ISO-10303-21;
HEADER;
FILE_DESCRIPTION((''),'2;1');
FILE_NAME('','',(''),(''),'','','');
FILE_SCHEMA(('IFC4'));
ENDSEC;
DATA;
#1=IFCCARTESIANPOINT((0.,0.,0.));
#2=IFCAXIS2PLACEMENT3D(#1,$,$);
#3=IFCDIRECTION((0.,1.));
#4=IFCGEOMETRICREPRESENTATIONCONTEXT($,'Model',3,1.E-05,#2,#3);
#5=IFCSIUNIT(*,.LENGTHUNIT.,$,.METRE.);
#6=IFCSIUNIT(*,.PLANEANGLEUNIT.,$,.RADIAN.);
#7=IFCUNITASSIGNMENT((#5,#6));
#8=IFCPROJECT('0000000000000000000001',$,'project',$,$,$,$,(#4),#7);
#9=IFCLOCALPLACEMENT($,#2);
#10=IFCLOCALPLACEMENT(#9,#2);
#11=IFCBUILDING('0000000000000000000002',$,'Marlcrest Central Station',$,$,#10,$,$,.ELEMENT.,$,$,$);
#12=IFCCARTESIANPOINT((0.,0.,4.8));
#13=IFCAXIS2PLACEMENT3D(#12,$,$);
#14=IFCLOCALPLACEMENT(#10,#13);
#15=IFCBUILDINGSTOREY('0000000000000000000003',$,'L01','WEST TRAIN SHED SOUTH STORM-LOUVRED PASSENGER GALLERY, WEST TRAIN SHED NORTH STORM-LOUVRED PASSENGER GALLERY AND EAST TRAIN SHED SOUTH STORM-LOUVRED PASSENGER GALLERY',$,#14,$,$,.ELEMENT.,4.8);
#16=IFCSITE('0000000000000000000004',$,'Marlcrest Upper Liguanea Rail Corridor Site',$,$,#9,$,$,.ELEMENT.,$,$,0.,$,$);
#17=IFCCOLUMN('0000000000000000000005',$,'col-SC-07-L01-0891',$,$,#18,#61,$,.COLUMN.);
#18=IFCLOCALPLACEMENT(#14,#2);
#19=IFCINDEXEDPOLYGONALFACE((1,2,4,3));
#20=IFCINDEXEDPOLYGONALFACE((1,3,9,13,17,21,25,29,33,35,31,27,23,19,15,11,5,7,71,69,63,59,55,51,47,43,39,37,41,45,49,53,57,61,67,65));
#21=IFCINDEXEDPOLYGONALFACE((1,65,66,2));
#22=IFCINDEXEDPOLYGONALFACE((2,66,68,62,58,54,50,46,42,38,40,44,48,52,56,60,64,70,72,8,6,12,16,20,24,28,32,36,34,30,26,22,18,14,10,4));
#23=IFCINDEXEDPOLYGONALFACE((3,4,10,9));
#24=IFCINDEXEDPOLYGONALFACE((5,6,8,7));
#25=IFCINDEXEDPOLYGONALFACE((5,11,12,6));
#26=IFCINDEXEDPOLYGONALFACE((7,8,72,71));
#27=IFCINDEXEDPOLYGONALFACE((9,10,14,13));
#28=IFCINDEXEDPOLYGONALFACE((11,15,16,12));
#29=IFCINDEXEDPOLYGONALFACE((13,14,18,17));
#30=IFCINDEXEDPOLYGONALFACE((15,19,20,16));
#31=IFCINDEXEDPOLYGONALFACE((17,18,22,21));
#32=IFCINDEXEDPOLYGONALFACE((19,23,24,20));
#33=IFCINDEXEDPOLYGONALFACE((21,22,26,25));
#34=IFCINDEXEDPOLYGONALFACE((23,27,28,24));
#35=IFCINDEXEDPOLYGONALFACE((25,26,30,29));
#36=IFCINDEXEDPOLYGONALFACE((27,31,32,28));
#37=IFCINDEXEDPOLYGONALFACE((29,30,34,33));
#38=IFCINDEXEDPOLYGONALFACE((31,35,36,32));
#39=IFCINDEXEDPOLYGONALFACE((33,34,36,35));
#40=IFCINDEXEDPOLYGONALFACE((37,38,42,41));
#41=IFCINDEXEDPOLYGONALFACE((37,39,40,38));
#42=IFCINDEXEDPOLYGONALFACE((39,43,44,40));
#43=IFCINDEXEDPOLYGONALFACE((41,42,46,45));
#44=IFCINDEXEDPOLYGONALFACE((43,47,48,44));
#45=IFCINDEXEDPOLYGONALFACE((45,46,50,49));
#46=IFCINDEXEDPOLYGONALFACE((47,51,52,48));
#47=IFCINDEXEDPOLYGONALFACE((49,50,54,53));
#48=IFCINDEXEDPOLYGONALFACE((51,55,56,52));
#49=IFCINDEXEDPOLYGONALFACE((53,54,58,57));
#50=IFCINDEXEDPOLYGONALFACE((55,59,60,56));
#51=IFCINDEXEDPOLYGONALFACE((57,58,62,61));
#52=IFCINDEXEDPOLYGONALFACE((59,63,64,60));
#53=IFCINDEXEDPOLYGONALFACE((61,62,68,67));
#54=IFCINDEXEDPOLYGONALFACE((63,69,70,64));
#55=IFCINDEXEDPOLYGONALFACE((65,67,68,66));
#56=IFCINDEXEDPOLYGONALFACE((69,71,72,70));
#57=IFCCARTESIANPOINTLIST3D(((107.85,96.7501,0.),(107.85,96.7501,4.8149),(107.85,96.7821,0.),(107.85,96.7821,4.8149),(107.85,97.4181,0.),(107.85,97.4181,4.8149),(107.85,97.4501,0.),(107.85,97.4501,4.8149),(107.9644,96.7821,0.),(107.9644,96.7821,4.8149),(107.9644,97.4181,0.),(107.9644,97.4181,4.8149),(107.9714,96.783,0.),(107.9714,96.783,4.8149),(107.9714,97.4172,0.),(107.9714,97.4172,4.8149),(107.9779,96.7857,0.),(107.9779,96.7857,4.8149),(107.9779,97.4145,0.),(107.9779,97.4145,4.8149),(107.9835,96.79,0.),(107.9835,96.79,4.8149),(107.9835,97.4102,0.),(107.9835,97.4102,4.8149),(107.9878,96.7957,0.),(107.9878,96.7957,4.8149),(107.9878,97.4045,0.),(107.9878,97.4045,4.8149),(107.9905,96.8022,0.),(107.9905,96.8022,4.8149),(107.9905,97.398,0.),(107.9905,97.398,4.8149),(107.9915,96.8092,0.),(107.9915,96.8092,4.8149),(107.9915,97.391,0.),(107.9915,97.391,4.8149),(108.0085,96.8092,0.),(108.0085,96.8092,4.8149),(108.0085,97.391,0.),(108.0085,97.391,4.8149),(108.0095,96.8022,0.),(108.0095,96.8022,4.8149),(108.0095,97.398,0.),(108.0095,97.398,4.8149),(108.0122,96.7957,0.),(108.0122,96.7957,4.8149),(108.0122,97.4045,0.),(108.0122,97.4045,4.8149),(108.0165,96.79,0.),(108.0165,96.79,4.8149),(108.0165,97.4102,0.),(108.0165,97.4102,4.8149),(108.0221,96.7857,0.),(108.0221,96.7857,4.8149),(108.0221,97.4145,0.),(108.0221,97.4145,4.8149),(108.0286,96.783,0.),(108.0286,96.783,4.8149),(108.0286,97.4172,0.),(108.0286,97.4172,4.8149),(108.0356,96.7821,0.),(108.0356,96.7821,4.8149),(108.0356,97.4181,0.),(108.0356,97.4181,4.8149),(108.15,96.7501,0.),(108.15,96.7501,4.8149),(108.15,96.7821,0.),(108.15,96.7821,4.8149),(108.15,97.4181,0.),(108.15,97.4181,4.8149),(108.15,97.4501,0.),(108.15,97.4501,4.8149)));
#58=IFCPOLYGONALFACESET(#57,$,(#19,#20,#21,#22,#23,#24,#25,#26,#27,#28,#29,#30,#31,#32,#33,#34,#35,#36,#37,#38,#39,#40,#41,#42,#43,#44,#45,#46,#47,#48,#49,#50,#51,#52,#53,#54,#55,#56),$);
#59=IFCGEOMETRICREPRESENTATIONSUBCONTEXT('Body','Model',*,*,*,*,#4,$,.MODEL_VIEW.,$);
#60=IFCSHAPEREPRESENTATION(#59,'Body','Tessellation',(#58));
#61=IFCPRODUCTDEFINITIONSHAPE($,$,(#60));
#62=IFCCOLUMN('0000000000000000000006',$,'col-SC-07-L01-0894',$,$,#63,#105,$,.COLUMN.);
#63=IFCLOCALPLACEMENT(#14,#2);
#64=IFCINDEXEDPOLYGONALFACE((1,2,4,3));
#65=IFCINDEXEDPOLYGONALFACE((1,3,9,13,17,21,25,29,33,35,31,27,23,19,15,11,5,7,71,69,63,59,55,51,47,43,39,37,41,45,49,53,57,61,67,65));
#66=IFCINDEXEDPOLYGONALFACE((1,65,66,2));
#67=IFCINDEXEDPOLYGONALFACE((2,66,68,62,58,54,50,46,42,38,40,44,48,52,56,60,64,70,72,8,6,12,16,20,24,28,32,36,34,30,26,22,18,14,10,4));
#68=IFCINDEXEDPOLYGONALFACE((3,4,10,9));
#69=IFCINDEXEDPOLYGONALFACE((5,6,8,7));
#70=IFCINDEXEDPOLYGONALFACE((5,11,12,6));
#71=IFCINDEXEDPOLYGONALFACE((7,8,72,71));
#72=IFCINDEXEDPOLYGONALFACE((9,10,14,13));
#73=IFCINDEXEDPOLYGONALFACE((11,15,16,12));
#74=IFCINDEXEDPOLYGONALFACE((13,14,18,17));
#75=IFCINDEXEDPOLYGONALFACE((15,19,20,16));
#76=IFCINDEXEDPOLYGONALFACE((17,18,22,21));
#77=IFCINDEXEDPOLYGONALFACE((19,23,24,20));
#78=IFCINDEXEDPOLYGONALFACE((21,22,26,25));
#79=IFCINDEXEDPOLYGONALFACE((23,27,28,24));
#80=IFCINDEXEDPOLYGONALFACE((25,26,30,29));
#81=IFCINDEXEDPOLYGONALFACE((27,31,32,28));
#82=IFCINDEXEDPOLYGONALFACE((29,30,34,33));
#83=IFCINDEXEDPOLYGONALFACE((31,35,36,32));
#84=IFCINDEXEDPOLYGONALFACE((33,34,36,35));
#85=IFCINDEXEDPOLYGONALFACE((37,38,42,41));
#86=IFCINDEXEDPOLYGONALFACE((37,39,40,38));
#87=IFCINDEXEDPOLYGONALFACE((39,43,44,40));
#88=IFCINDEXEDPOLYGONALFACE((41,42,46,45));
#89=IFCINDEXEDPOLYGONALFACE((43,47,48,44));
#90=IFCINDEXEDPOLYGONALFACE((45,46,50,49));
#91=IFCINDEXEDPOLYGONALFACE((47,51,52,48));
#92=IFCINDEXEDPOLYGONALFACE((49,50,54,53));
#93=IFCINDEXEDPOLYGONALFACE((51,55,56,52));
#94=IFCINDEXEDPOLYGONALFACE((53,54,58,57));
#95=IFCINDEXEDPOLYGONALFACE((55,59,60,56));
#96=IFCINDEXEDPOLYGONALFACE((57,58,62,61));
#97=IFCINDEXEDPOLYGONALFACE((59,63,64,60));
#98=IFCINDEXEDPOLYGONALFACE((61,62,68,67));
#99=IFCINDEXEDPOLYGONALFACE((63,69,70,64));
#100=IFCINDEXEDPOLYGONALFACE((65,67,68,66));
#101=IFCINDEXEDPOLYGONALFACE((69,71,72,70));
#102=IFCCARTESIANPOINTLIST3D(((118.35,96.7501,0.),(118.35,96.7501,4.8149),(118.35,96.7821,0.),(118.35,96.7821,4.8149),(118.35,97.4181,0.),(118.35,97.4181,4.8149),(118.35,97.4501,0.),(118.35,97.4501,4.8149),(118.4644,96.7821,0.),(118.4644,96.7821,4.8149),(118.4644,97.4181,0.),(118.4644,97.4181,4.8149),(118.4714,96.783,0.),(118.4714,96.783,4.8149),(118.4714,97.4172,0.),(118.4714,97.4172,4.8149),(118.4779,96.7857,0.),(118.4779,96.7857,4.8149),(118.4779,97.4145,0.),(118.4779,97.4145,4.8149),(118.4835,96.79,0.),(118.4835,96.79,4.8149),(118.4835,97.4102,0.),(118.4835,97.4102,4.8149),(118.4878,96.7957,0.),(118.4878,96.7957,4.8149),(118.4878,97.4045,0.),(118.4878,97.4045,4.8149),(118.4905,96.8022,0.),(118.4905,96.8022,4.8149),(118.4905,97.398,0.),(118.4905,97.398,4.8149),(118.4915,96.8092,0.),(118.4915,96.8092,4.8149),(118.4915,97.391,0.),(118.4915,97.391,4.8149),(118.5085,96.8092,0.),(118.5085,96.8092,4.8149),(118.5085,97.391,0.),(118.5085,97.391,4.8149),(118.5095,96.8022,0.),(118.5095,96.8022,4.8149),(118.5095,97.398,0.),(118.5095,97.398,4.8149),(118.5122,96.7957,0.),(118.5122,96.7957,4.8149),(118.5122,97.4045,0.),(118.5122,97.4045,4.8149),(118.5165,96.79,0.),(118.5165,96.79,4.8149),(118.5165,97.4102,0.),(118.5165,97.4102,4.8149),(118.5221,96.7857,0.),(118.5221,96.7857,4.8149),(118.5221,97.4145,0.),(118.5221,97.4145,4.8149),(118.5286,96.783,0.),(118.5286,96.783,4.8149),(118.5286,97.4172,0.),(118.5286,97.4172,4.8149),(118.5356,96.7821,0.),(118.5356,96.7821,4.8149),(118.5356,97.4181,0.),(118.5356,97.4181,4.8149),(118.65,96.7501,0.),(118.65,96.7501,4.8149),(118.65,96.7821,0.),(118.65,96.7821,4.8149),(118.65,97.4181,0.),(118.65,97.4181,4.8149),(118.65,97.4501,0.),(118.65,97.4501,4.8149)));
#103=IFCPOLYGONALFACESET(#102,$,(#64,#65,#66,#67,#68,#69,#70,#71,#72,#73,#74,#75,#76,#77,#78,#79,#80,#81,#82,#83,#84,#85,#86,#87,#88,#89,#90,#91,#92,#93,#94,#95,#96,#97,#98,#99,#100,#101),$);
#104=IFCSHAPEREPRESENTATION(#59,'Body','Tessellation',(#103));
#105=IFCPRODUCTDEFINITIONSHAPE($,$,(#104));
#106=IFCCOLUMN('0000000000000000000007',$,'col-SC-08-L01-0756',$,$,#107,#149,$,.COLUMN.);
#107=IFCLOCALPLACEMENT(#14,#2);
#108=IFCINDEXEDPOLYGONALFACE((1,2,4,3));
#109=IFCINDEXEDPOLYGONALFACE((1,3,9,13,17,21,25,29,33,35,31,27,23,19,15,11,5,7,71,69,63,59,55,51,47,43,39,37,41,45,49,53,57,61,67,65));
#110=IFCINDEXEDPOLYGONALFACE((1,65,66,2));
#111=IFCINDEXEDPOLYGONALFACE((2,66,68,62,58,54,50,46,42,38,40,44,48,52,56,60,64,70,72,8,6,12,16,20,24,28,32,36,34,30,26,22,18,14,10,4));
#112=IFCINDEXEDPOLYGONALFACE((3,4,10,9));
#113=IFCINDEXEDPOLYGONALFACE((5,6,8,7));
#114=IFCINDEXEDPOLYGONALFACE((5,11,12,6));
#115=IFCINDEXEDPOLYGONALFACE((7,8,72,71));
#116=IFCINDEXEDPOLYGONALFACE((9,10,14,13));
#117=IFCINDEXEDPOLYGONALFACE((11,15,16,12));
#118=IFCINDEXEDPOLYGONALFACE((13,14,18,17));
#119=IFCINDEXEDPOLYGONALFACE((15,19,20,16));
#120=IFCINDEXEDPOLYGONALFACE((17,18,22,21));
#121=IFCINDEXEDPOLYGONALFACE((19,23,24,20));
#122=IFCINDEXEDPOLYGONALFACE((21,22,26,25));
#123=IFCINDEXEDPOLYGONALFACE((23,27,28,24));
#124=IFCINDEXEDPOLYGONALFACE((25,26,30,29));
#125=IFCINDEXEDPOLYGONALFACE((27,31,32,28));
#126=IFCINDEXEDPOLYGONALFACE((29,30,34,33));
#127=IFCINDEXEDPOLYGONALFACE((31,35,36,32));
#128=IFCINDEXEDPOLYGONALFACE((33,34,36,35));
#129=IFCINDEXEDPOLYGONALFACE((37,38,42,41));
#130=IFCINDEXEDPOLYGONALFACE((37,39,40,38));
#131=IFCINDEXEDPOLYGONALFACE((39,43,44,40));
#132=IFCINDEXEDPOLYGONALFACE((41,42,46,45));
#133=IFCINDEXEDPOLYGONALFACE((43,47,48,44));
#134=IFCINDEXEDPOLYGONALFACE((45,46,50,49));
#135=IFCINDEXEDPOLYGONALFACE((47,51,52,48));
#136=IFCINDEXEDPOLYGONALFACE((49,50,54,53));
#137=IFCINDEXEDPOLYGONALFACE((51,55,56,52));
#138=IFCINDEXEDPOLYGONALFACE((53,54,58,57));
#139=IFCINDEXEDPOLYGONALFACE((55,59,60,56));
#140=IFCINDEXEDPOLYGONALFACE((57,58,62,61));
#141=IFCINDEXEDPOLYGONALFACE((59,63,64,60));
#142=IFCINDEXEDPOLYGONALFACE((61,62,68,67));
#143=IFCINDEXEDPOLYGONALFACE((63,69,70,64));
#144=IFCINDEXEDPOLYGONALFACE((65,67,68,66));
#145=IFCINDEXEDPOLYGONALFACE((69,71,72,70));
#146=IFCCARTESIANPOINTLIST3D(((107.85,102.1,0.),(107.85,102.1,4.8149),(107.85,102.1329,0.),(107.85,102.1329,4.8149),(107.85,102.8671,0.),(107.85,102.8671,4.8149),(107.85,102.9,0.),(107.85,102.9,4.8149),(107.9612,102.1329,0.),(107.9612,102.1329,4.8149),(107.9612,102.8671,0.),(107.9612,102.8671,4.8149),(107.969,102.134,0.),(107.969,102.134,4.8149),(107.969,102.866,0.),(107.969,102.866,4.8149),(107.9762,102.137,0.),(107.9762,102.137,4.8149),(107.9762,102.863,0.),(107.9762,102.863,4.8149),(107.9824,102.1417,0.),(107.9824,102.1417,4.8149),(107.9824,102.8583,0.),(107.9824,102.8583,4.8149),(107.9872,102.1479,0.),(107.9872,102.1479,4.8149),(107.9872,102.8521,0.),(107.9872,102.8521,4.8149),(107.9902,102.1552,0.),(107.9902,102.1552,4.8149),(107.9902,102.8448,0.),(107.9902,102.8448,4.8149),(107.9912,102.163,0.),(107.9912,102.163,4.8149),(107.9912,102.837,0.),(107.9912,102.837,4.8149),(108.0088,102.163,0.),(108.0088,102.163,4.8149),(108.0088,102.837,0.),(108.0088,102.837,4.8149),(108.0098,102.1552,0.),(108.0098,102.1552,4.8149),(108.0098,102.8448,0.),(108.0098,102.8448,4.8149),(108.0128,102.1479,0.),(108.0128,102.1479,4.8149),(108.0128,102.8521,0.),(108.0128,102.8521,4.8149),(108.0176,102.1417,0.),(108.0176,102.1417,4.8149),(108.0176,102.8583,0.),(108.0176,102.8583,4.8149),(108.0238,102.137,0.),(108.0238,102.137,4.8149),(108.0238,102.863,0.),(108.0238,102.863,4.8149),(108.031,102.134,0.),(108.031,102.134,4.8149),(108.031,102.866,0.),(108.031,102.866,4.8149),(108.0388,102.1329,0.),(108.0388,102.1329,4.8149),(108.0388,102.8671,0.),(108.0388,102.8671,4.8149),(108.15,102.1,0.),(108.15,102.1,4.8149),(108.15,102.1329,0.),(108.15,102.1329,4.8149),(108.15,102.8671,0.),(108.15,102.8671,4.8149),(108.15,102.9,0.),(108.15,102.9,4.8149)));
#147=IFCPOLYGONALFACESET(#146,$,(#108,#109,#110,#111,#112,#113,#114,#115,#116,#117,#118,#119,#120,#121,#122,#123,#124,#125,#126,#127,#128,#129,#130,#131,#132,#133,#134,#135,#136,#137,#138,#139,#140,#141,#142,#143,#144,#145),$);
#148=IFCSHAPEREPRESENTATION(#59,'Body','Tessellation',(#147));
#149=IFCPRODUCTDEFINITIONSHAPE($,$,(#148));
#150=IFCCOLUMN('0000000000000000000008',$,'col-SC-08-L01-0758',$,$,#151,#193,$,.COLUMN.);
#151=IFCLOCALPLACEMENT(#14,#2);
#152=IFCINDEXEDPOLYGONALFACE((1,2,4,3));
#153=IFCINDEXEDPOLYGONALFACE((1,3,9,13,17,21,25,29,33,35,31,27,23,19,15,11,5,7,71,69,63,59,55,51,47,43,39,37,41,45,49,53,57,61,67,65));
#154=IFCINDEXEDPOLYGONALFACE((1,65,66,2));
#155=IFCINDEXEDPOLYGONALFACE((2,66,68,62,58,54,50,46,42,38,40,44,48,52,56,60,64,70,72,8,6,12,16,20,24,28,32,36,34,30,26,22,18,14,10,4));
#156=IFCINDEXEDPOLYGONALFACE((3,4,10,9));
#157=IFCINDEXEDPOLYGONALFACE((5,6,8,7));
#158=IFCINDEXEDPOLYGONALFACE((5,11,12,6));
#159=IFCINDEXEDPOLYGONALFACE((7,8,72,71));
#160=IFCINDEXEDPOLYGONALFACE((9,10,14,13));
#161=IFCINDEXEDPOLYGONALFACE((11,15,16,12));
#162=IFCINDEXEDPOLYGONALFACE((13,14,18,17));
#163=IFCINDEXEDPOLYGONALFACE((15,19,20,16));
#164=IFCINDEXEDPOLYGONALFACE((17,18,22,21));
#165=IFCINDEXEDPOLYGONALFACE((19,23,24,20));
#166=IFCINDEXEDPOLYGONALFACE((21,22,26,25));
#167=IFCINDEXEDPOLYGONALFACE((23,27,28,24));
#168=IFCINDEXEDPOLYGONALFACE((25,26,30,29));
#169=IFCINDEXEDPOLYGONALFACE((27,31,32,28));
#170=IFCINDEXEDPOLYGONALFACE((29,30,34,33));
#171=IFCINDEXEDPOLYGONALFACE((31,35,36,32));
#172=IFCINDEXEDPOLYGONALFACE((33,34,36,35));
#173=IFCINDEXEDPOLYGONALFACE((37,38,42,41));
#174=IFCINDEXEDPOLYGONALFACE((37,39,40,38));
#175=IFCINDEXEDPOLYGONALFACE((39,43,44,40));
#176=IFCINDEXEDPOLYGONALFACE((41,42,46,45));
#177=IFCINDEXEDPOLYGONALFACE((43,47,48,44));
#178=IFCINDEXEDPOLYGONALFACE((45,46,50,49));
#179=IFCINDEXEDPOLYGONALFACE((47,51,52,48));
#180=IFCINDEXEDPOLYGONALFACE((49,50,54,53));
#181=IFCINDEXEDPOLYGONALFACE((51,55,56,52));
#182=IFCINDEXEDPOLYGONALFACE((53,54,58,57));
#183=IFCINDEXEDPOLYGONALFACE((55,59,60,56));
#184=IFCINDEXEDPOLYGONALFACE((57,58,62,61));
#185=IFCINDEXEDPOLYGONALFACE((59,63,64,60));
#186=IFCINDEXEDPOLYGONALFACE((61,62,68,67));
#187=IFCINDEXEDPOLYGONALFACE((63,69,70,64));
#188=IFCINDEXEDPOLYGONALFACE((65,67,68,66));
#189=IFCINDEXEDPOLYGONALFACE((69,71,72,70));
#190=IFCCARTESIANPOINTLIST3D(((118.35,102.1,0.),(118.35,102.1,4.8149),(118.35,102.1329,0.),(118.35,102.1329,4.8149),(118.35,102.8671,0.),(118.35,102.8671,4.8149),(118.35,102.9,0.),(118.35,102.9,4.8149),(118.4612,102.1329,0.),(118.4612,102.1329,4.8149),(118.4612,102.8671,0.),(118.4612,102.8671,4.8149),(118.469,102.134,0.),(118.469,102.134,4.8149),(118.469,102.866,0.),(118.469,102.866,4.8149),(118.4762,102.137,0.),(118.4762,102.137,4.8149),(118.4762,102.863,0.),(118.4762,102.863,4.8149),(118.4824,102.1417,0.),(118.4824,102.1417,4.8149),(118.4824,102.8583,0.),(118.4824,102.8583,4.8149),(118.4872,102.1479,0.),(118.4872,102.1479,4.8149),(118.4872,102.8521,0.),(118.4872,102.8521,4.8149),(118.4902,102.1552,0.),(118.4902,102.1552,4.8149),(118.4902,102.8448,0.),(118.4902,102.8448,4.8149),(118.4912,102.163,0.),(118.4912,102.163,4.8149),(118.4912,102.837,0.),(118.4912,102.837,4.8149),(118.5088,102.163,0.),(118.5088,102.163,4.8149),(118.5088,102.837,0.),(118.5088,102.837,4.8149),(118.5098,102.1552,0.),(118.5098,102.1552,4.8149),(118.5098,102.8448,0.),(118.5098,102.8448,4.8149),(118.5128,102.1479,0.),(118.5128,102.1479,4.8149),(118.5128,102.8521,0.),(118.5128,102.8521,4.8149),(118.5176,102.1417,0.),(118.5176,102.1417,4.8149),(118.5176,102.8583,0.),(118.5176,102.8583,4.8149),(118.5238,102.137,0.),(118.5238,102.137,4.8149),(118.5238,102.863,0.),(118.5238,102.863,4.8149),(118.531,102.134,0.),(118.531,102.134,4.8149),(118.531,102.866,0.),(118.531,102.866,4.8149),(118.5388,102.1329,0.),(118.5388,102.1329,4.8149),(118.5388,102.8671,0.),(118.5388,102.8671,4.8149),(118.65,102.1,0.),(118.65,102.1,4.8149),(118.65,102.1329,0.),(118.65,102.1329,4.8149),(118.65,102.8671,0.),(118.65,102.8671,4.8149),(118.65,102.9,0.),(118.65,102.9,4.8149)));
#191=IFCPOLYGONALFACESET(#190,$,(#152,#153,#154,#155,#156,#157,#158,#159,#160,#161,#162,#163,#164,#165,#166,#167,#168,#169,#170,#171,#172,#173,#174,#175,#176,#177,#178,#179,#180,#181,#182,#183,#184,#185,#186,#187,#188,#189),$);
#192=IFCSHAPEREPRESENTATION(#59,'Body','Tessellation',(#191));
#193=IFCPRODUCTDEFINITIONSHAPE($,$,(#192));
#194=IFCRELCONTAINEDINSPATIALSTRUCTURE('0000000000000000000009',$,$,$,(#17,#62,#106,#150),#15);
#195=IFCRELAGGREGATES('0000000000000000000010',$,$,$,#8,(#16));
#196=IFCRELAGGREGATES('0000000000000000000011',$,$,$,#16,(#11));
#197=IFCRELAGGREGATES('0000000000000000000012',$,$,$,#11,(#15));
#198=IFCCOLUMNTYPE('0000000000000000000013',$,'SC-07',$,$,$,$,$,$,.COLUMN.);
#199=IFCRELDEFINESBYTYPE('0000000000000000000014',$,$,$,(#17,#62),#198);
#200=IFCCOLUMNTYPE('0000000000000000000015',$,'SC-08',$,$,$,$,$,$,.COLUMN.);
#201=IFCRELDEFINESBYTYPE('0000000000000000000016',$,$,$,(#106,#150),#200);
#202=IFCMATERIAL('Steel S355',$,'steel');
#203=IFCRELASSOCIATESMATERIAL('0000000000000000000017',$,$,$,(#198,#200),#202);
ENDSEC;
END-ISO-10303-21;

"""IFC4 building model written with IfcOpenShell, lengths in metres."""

from ifc_helpers import new_model, si_unit, direction, frame, origin, origin_2d, place, context, subcontext, project, spatial, i_section, extrude, material, material_profile, profile_set, type_object, element, save


model = new_model("IFC4")

# Units and contexts
model_context = context("Model", 3, precision=1e-05, world=origin(), true_north=direction((0.0, 1.0)))
body_context = subcontext(model_context, "Body", "Model", "MODEL_VIEW")
ifc_project = project(units=[si_unit("LENGTHUNIT", "METRE"), si_unit("PLANEANGLEUNIT", "RADIAN")], contexts=[model_context])

# Site, building, storey
site_placement = place(None, origin())
site = spatial("IfcSite", under=ifc_project, at=site_placement, Name="Marlcrest Upper Liguanea Rail Corridor Site", CompositionType="ELEMENT", RefElevation=0.0)
building_placement = place(site_placement, origin())
building = spatial("IfcBuilding", under=site, at=building_placement, Name="Marlcrest Central Station", CompositionType="ELEMENT")
storey_placement = place(building_placement, frame((0.0, 0.0, 4.8)))
storey = spatial("IfcBuildingStorey", under=building, at=storey_placement, Name="L01", Description="WEST TRAIN SHED SOUTH STORM-LOUVRED PASSENGER GALLERY, WEST TRAIN SHED NORTH STORM-LOUVRED PASSENGER GALLERY AND EAST TRAIN SHED SOUTH STORM-LOUVRED PASSENGER GALLERY", CompositionType="ELEMENT", Elevation=4.8)

# Columns
ifc_material_1 = material(Name="Steel S355", Category="steel")
ifc_material_profile_1 = material_profile(ifc_material_1, i_section(OverallWidth=0.3, OverallDepth=0.7, WebThickness=0.0171, FlangeThickness=0.032, FilletRadius=0.0271, at=origin_2d()), Name="HEB 700")
ifc_profile_set_1 = profile_set([ifc_material_profile_1], Name="Steel S355")
column_type_1 = type_object("IfcColumnType", Name="SC-07", PredefinedType="COLUMN", material=ifc_profile_set_1)
for number, where, z_axis, x_axis, name in (
    (1, (108.0, 97.1001, 0.0), (0.0, 0.0, 1.0), (1.0, 0.0, 0.0), "col-SC-07-L01-0891"),
    (2, (118.5, 97.1001, 0.0), (0.0, 0.0, 1.0), (1.0, 0.0, 0.0), "col-SC-07-L01-0894"),
):
    element("IfcColumn", number, at=place(storey_placement, frame(where, z_axis=z_axis, x_axis=x_axis)), inside=storey, type_object=column_type_1, Name=name, PredefinedType="COLUMN", context=body_context, shape_type="SweptSolid", body=[
        extrude(i_section(OverallWidth=0.3, OverallDepth=0.7, WebThickness=0.0171, FlangeThickness=0.032, FilletRadius=0.0271, at=origin_2d()), origin(), (0.0, 0.0, 1.0), 4.8149),
    ])
ifc_material_profile_2 = material_profile(ifc_material_1, i_section(OverallWidth=0.3, OverallDepth=0.8, WebThickness=0.0176, FlangeThickness=0.033, FilletRadius=0.03, at=origin_2d()), Name="HEB 800")
ifc_profile_set_2 = profile_set([ifc_material_profile_2], Name="Steel S355")
column_type_2 = type_object("IfcColumnType", Name="SC-08", PredefinedType="COLUMN", material=ifc_profile_set_2)
for number, where, z_axis, x_axis, name in (
    (3, (108.0, 102.5, 0.0), (0.0, 0.0, 1.0), (1.0, 0.0, 0.0), "col-SC-08-L01-0756"),
    (4, (118.5, 102.5, 0.0), (0.0, 0.0, 1.0), (1.0, 0.0, 0.0), "col-SC-08-L01-0758"),
):
    element("IfcColumn", number, at=place(storey_placement, frame(where, z_axis=z_axis, x_axis=x_axis)), inside=storey, type_object=column_type_2, Name=name, PredefinedType="COLUMN", context=body_context, shape_type="SweptSolid", body=[
        extrude(i_section(OverallWidth=0.3, OverallDepth=0.8, WebThickness=0.0176, FlangeThickness=0.033, FilletRadius=0.03, at=origin_2d()), origin(), (0.0, 0.0, 1.0), 4.8149),
    ])

save(model, "model.ifc")
